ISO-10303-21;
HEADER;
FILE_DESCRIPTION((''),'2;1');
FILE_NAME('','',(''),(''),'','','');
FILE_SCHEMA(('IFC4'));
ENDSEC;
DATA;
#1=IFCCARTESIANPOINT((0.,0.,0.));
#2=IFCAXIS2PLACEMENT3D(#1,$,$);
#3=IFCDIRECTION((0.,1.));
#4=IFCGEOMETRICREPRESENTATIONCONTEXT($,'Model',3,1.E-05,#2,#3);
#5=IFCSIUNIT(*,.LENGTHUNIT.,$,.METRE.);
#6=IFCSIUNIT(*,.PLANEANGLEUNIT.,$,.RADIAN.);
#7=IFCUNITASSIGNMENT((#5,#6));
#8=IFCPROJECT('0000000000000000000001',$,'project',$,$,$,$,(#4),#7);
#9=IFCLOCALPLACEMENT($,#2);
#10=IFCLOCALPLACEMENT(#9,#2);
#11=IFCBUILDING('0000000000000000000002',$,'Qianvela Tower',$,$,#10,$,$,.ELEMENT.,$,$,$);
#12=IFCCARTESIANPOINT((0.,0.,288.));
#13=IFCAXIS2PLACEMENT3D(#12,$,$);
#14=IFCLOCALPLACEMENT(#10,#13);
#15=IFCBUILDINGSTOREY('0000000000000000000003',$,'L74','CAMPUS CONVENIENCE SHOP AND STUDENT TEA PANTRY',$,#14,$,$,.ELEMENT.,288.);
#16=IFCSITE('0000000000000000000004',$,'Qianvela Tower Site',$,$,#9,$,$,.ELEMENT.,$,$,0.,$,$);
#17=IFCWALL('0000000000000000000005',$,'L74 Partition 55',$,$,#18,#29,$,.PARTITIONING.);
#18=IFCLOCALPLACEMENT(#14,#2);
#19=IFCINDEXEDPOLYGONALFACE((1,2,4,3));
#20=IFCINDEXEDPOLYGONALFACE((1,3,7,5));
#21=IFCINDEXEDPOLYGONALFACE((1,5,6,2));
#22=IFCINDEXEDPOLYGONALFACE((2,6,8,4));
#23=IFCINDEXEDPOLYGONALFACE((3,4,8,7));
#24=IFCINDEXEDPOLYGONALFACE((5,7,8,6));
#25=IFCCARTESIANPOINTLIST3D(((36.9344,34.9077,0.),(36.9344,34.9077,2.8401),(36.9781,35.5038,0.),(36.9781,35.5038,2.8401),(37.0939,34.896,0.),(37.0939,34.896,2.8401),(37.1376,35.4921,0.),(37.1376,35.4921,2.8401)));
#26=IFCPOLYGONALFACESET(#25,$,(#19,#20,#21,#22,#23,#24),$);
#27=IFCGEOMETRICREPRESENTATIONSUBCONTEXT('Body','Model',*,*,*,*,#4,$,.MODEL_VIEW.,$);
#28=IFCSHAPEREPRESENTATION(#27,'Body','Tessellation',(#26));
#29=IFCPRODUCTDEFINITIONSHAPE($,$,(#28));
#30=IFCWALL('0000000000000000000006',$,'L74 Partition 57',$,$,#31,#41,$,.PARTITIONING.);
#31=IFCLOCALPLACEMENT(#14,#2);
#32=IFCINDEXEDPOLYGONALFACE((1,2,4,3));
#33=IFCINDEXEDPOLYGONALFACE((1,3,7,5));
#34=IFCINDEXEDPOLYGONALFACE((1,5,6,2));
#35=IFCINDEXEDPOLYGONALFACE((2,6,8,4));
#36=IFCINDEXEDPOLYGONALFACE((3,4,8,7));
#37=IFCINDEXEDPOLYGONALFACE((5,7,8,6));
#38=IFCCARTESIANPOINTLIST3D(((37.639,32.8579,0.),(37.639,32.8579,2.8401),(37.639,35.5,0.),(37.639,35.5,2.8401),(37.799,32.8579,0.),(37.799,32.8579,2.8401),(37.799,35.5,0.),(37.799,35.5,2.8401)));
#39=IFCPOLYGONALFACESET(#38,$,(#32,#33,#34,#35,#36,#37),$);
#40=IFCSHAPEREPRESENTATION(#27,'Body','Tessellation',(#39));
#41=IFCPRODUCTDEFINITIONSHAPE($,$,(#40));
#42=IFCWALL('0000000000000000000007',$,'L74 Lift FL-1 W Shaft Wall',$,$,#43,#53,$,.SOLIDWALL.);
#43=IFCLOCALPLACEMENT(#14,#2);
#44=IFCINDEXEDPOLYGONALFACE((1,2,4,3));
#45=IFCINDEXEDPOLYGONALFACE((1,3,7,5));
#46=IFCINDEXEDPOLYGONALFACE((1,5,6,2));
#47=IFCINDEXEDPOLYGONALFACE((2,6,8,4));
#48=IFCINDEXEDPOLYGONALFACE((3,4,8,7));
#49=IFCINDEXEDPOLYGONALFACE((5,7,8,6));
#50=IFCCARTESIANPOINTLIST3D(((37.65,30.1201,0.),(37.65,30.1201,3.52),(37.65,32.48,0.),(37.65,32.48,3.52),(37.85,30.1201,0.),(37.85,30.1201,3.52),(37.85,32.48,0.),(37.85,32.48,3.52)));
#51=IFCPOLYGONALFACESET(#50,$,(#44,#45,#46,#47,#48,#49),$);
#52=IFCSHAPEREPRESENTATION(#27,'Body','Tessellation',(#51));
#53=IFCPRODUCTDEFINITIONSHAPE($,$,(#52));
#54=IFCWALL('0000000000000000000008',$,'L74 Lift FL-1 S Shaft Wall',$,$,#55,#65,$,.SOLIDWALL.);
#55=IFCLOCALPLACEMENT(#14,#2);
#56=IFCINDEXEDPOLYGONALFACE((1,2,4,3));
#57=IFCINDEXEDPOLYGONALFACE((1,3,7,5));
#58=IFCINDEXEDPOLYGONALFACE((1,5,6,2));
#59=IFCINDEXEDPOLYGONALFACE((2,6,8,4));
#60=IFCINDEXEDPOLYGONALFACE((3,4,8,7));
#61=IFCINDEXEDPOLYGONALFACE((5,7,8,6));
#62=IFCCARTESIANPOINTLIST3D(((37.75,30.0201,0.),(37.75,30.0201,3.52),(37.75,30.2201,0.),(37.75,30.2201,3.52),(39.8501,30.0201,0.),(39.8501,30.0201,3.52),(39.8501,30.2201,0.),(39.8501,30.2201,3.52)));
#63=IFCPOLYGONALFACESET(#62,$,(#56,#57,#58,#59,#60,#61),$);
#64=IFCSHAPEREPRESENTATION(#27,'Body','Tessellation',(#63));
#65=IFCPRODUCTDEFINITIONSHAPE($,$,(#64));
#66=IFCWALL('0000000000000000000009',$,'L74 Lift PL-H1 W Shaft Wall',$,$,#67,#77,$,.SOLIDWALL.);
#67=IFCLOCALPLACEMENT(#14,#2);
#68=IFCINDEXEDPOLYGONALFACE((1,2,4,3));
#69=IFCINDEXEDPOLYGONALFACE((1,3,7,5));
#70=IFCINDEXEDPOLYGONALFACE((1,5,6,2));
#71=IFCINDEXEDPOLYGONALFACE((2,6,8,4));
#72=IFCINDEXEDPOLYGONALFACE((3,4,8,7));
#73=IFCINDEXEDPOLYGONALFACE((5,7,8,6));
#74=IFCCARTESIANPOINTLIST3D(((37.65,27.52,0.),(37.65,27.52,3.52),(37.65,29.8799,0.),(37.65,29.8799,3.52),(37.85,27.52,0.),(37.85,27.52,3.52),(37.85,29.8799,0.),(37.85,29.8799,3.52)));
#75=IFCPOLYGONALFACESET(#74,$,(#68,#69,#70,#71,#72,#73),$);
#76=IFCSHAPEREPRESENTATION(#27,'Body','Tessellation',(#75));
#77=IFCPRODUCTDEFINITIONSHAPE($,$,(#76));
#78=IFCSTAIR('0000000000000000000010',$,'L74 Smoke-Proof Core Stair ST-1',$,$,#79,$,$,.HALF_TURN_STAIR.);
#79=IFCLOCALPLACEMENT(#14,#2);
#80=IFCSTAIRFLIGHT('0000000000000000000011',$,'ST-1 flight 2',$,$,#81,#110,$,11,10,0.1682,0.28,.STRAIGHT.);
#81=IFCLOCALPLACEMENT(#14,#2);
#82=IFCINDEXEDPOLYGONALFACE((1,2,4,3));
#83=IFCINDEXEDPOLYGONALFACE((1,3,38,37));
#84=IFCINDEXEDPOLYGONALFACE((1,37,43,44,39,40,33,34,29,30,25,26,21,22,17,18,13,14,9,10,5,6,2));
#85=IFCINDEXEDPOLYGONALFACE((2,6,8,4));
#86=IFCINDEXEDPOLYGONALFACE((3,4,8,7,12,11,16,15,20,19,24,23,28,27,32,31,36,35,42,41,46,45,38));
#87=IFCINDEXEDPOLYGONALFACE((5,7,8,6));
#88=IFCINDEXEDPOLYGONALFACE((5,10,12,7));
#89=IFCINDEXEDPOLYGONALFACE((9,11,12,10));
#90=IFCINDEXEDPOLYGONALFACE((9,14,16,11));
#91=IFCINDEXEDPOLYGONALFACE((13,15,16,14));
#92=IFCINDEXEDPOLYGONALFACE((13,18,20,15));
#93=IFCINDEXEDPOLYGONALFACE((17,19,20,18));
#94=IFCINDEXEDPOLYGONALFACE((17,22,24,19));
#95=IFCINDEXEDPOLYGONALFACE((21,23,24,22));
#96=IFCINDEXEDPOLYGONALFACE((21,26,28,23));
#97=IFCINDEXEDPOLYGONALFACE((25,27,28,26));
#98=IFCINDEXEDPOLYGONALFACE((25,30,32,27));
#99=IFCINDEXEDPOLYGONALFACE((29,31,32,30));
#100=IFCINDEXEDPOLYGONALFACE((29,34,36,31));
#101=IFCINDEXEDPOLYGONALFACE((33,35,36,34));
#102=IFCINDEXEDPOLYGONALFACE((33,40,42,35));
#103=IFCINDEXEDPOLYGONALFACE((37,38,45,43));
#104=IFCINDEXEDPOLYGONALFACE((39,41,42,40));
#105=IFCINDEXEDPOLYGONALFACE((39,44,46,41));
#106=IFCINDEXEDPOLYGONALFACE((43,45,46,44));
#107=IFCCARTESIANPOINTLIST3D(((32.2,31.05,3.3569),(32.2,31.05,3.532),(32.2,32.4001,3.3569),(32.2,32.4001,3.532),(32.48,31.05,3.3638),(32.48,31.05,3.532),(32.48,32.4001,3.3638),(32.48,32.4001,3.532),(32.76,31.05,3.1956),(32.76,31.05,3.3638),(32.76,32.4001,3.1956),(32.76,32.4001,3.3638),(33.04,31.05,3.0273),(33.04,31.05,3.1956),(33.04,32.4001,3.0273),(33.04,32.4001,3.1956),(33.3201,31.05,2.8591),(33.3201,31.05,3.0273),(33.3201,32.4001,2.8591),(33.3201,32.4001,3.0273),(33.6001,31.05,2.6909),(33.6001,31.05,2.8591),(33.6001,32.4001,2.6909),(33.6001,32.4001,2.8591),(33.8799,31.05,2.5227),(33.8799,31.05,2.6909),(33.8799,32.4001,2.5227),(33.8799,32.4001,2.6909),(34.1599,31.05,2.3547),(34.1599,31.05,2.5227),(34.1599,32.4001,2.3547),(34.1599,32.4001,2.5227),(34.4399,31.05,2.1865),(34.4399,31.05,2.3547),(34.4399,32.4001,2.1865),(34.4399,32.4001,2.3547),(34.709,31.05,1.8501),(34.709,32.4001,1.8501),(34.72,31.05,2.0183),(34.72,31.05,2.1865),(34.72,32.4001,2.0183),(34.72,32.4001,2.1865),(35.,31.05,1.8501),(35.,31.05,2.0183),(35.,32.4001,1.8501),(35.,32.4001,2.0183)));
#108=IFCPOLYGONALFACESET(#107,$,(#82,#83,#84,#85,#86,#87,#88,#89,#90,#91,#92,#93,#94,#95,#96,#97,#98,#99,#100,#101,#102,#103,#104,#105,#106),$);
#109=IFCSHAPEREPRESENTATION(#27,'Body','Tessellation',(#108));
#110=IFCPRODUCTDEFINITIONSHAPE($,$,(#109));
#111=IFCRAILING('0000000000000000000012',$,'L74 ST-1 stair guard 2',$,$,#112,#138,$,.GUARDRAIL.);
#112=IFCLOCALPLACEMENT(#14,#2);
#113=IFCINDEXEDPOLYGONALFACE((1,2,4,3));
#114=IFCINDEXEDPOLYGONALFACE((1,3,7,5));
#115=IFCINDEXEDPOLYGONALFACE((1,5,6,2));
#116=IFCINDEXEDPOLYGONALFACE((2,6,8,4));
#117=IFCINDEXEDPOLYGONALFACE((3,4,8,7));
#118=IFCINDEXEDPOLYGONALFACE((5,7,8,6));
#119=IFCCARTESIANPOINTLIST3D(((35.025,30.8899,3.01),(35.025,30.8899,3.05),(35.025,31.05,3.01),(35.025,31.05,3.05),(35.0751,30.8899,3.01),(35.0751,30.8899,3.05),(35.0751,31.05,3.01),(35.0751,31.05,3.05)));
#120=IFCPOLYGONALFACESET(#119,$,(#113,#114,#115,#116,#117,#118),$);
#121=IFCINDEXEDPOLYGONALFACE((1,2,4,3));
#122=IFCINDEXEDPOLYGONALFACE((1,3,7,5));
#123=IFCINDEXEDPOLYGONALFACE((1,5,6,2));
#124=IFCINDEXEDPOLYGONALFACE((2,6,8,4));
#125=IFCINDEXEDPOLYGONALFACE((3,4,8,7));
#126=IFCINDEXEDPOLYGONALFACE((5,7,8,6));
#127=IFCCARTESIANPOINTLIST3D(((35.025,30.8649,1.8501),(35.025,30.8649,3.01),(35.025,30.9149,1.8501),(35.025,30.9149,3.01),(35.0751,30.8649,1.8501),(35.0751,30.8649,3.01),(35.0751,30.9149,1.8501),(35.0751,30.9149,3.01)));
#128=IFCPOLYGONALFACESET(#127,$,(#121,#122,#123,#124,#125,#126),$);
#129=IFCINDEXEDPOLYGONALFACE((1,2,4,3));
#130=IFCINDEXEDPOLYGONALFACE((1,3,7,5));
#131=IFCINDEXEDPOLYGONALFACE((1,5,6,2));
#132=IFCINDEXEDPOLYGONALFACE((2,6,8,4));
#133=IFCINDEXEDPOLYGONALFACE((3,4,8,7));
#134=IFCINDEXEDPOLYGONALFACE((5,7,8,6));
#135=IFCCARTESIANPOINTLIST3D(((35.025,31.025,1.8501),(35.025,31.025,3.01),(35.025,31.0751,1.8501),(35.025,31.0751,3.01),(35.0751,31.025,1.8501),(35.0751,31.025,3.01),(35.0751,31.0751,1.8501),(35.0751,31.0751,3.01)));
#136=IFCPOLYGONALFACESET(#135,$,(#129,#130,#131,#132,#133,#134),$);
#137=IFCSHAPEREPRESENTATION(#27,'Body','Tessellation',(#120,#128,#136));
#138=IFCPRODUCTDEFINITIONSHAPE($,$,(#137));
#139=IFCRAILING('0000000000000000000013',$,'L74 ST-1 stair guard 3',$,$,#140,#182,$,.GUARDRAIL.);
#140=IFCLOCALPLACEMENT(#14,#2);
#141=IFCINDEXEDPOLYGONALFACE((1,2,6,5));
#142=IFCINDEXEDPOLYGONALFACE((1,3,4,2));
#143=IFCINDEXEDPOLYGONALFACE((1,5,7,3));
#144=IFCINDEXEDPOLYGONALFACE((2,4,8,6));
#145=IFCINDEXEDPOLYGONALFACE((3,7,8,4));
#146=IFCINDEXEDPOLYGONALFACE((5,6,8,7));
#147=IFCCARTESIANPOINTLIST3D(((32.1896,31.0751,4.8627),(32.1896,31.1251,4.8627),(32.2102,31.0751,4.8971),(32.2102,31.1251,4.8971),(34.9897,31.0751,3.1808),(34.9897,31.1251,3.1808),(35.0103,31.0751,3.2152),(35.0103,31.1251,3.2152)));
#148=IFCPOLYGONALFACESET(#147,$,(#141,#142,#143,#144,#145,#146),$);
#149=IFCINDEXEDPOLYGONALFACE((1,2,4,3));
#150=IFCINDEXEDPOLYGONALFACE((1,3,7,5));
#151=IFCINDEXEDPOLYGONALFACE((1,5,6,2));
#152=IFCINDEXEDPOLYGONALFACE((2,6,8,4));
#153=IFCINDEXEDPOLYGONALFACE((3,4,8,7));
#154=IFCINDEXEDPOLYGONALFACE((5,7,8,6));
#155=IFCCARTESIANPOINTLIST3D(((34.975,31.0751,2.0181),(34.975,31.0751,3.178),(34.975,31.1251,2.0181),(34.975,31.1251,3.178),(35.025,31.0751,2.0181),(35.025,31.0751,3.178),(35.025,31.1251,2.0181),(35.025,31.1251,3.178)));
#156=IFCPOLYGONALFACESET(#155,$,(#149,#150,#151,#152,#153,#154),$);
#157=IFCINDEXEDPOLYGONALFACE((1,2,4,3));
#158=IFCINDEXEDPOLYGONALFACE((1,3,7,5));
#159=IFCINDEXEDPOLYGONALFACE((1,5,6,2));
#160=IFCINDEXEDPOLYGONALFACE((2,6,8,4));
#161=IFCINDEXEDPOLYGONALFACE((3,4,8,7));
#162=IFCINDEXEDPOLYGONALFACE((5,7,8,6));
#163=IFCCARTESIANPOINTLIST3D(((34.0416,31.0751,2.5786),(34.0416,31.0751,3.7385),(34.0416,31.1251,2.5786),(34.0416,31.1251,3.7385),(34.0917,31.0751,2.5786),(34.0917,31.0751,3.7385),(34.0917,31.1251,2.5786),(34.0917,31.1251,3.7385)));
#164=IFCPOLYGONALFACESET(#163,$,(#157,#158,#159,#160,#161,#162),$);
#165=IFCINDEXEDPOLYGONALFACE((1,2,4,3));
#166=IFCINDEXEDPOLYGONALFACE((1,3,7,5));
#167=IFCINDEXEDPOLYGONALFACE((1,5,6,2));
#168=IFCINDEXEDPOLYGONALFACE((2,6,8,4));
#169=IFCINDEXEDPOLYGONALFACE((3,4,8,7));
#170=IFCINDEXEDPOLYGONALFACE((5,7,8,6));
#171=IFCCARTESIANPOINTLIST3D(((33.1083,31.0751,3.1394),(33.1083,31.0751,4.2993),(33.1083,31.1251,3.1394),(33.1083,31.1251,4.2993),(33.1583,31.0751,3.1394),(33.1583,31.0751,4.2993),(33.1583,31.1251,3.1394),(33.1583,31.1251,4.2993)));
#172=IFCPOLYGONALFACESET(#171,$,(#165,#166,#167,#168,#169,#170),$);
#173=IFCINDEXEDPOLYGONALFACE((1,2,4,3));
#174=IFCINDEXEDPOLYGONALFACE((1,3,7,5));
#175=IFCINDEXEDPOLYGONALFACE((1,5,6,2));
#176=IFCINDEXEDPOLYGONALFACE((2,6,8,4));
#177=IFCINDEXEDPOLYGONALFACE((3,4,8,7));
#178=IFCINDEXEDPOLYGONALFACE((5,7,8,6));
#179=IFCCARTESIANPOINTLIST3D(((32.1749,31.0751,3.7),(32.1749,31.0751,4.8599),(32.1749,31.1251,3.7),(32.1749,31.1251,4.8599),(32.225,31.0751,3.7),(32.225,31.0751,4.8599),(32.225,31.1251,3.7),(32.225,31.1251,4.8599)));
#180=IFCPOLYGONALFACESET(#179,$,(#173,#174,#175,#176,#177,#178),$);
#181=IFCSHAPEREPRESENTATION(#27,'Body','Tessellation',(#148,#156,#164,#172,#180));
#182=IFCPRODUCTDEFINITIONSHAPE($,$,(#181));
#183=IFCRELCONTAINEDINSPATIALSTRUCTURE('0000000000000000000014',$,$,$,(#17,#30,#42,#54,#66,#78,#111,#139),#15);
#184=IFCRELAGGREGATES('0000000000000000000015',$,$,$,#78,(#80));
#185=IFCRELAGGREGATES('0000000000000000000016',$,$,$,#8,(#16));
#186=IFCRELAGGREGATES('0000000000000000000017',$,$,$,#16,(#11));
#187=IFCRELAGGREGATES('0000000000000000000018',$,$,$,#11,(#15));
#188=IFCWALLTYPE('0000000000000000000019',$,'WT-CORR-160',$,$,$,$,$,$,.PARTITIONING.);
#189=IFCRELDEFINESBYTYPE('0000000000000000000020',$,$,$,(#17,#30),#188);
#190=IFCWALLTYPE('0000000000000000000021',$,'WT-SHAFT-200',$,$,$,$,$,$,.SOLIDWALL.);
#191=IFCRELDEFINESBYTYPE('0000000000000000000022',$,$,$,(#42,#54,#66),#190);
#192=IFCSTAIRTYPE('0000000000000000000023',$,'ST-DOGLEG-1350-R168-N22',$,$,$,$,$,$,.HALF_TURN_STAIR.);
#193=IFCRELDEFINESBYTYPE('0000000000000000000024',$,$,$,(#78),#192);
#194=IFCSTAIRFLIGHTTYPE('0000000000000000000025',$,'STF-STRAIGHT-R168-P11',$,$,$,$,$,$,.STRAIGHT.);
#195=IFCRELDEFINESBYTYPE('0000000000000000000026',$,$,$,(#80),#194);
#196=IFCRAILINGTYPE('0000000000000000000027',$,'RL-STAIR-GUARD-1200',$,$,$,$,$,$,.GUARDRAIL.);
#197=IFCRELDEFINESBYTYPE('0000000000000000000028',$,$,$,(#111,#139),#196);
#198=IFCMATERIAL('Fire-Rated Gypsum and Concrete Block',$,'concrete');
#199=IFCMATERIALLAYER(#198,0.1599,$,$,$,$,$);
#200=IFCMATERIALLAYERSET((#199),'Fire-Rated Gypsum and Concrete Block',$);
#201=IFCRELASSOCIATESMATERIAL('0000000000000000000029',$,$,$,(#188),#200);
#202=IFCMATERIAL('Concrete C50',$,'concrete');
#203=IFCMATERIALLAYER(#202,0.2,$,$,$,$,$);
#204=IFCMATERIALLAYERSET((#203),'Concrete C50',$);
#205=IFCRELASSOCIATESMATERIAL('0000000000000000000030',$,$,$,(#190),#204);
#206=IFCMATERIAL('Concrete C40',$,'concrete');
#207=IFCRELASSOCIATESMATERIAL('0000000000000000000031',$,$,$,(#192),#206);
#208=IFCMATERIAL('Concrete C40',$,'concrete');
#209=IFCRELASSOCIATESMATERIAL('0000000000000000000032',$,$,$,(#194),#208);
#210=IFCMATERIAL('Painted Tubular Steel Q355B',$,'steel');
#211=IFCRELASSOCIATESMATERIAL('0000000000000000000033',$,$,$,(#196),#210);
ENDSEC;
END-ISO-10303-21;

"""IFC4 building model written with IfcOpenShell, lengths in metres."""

from ifc_helpers import new_model, si_unit, direction, frame, frame_2d, origin, origin_2d, place, context, subcontext, project, spatial, polyline, rectangle, outline, extrude, material, layer, layer_set, type_object, element, aggregate, save


model = new_model("IFC4")

# Units and contexts
model_context = context("Model", 3, precision=1e-05, world=origin(), true_north=direction((0.0, 1.0)))
body_context = subcontext(model_context, "Body", "Model", "MODEL_VIEW")
ifc_project = project(units=[si_unit("LENGTHUNIT", "METRE"), si_unit("PLANEANGLEUNIT", "RADIAN")], contexts=[model_context])

# Site, building, storey
site_placement = place(None, origin())
site = spatial("IfcSite", under=ifc_project, at=site_placement, Name="Qianvela Tower Site", CompositionType="ELEMENT", RefElevation=0.0)
building_placement = place(site_placement, origin())
building = spatial("IfcBuilding", under=site, at=building_placement, Name="Qianvela Tower", CompositionType="ELEMENT")
storey_placement = place(building_placement, frame((0.0, 0.0, 288.0)))
storey = spatial("IfcBuildingStorey", under=building, at=storey_placement, Name="L74", Description="CAMPUS CONVENIENCE SHOP AND STUDENT TEA PANTRY", CompositionType="ELEMENT", Elevation=288.0)

# Walls
ifc_material_1 = material(Name="Fire-Rated Gypsum and Concrete Block", Category="concrete")
ifc_layer_1 = layer(ifc_material_1, 0.1599)
ifc_layer_set_1 = layer_set([ifc_layer_1], Name="Fire-Rated Gypsum and Concrete Block")
wall_type_1 = type_object("IfcWallType", Name="WT-CORR-160", PredefinedType="PARTITIONING", material=ifc_layer_set_1)
wall_1_placement = place(storey_placement, frame((37.0142, 34.9019, 0.0), z_axis=(0.0, 0.0, 1.0), x_axis=(0.073134, 0.997322, 0.0)))
element("IfcWall", 1, at=wall_1_placement, inside=storey, type_object=wall_type_1, Name="L74 Partition 55", PredefinedType="PARTITIONING", context=body_context, shape_type="SweptSolid", body=[
    extrude(rectangle(XDim=0.5977, YDim=0.1599, at=frame_2d((0.2988, 0.0))), origin(), (0.0, 0.0, 1.0), 2.8401),
])
wall_2_placement = place(storey_placement, frame((37.719, 35.5, 0.0), z_axis=(0.0, 0.0, 1.0), x_axis=(0.0, -1.0, 0.0)))
element("IfcWall", 2, at=wall_2_placement, inside=storey, type_object=wall_type_1, Name="L74 Partition 57", PredefinedType="PARTITIONING", context=body_context, shape_type="SweptSolid", body=[
    extrude(rectangle(XDim=2.6421, YDim=0.1599, at=frame_2d((1.321, 0.0))), origin(), (0.0, 0.0, 1.0), 2.8401),
])
ifc_material_2 = material(Name="Concrete C50", Category="concrete")
ifc_layer_2 = layer(ifc_material_2, 0.2)
ifc_layer_set_2 = layer_set([ifc_layer_2], Name="Concrete C50")
wall_type_2 = type_object("IfcWallType", Name="WT-SHAFT-200", PredefinedType="SOLIDWALL", material=ifc_layer_set_2)
wall_3_placement = place(storey_placement, frame((37.75, 30.1201, 0.0), z_axis=(0.0, 0.0, 1.0), x_axis=(0.0, 1.0, 0.0)))
element("IfcWall", 3, at=wall_3_placement, inside=storey, type_object=wall_type_2, Name="L74 Lift FL-1 W Shaft Wall", PredefinedType="SOLIDWALL", context=body_context, shape_type="SweptSolid", body=[
    extrude(rectangle(XDim=2.3599, YDim=0.2, at=frame_2d((1.1799, 0.0))), origin(), (0.0, 0.0, 1.0), 3.52),
])
wall_4_placement = place(storey_placement, frame((37.75, 30.1201, 0.0), z_axis=(0.0, 0.0, 1.0), x_axis=(1.0, 0.0, 0.0)))
element("IfcWall", 4, at=wall_4_placement, inside=storey, type_object=wall_type_2, Name="L74 Lift FL-1 S Shaft Wall", PredefinedType="SOLIDWALL", context=body_context, shape_type="SweptSolid", body=[
    extrude(rectangle(XDim=2.1001, YDim=0.2, at=frame_2d((1.05, 0.0))), origin(), (0.0, 0.0, 1.0), 3.52),
])
wall_5_placement = place(storey_placement, frame((37.75, 27.52, 0.0), z_axis=(0.0, 0.0, 1.0), x_axis=(0.0, 1.0, 0.0)))
element("IfcWall", 5, at=wall_5_placement, inside=storey, type_object=wall_type_2, Name="L74 Lift PL-H1 W Shaft Wall", PredefinedType="SOLIDWALL", context=body_context, shape_type="SweptSolid", body=[
    extrude(rectangle(XDim=2.3599, YDim=0.2, at=frame_2d((1.1799, 0.0))), origin(), (0.0, 0.0, 1.0), 3.52),
])

# Stair, stair flight
ifc_material_3 = material(Name="Concrete C40", Category="concrete")
stair_type = type_object("IfcStairType", Name="ST-DOGLEG-1350-R168-N22", PredefinedType="HALF_TURN_STAIR", material=ifc_material_3)
stair_placement = place(storey_placement, origin())
stair = element("IfcStair", 6, at=stair_placement, inside=storey, type_object=stair_type, Name="L74 Smoke-Proof Core Stair ST-1", PredefinedType="HALF_TURN_STAIR")
ifc_material_4 = material(Name="Concrete C40", Category="concrete")
stair_flight_type = type_object("IfcStairFlightType", Name="STF-STRAIGHT-R168-P11", PredefinedType="STRAIGHT", material=ifc_material_4)
stair_flight_placement = place(storey_placement, frame((35.0, 31.7251, 1.8501), z_axis=(0.0, 0.0, 1.0), x_axis=(-1.0, 0.0, 0.0)))
stair_flight = element("IfcStairFlight", 7, at=stair_flight_placement, type_object=stair_flight_type, Name="ST-1 flight 2", NumberOfRisers=11, NumberOfTreads=10, PredefinedType="STRAIGHT", RiserHeight=0.1682, TreadLength=0.28, context=body_context, shape_type="SweptSolid", body=[
    extrude(outline(polyline([(0.0, 0.0), (0.0, 0.1682), (0.28, 0.1682), (0.28, 0.3364), (0.5601, 0.3364), (0.5601, 0.5046), (0.8401, 0.5046), (0.8401, 0.6726), (1.1201, 0.6726), (1.1201, 0.8408), (1.3999, 0.8408), (1.3999, 1.009), (1.6799, 1.009), (1.6799, 1.1772), (1.96, 1.1772), (1.96, 1.3455), (2.24, 1.3455), (2.24, 1.5137), (2.52, 1.5137), (2.52, 1.6819), (2.8, 1.6819), (2.8, 1.8501), (2.8, 1.5068), (0.291, 0.0), (0.0, 0.0)])), frame((0.0, 0.675, 0.0), z_axis=(0.0, -1.0, 0.0), x_axis=(1.0, 0.0, 0.0)), (0.0, 0.0, 1.0), 1.3501),
])
aggregate(stair, [stair_flight])

# Railings
ifc_material_5 = material(Name="Painted Tubular Steel Q355B", Category="steel")
railing_type_1 = type_object("IfcRailingType", Name="RL-STAIR-GUARD-1200", PredefinedType="GUARDRAIL", material=ifc_material_5)
railing_1_placement = place(storey_placement, frame((35.05, 30.8899, 1.8501)))
element("IfcRailing", 8, at=railing_1_placement, inside=storey, type_object=railing_type_1, Name="L74 ST-1 stair guard 2", PredefinedType="GUARDRAIL", context=body_context, shape_type="SweptSolid", body=[
    extrude(rectangle(XDim=0.05, YDim=0.04, at=origin_2d()), frame((0.0, 0.0, 1.1799), z_axis=(0.0, 1.0, 0.0), x_axis=(-1.0, 0.0, 0.0)), (0.0, 0.0, 1.0), 0.1602),
    extrude(rectangle(XDim=0.05, YDim=0.05, at=origin_2d()), origin(), (0.0, 0.0, 1.0), 1.1599),
    extrude(rectangle(XDim=0.05, YDim=0.05, at=origin_2d()), frame((0.0, 0.1602, 0.0)), (0.0, 0.0, 1.0), 1.1599),
])
railing_2_placement = place(storey_placement, frame((35.0, 31.1001, 2.0181)))
element("IfcRailing", 9, at=railing_2_placement, inside=storey, type_object=railing_type_1, Name="L74 ST-1 stair guard 3", PredefinedType="GUARDRAIL", context=body_context, shape_type="SweptSolid", body=[
    extrude(rectangle(XDim=0.05, YDim=0.04, at=origin_2d()), frame((0.0, 0.0, 1.1799), z_axis=(-0.857242, 0.0, 0.514913), x_axis=(0.0, -1.0, 0.0)), (0.0, 0.0, 1.0), 3.2664),
    extrude(rectangle(XDim=0.05, YDim=0.05, at=origin_2d()), origin(), (0.0, 0.0, 1.0), 1.1599),
    extrude(rectangle(XDim=0.05, YDim=0.05, at=origin_2d()), frame((-0.9333, 0.0, 0.5605)), (0.0, 0.0, 1.0), 1.1599),
    extrude(rectangle(XDim=0.05, YDim=0.05, at=origin_2d()), frame((-1.8667, 0.0, 1.1213)), (0.0, 0.0, 1.0), 1.1599),
    extrude(rectangle(XDim=0.05, YDim=0.05, at=origin_2d()), frame((-2.8, 0.0, 1.6819)), (0.0, 0.0, 1.0), 1.1599),
])

save(model, "model.ifc")
